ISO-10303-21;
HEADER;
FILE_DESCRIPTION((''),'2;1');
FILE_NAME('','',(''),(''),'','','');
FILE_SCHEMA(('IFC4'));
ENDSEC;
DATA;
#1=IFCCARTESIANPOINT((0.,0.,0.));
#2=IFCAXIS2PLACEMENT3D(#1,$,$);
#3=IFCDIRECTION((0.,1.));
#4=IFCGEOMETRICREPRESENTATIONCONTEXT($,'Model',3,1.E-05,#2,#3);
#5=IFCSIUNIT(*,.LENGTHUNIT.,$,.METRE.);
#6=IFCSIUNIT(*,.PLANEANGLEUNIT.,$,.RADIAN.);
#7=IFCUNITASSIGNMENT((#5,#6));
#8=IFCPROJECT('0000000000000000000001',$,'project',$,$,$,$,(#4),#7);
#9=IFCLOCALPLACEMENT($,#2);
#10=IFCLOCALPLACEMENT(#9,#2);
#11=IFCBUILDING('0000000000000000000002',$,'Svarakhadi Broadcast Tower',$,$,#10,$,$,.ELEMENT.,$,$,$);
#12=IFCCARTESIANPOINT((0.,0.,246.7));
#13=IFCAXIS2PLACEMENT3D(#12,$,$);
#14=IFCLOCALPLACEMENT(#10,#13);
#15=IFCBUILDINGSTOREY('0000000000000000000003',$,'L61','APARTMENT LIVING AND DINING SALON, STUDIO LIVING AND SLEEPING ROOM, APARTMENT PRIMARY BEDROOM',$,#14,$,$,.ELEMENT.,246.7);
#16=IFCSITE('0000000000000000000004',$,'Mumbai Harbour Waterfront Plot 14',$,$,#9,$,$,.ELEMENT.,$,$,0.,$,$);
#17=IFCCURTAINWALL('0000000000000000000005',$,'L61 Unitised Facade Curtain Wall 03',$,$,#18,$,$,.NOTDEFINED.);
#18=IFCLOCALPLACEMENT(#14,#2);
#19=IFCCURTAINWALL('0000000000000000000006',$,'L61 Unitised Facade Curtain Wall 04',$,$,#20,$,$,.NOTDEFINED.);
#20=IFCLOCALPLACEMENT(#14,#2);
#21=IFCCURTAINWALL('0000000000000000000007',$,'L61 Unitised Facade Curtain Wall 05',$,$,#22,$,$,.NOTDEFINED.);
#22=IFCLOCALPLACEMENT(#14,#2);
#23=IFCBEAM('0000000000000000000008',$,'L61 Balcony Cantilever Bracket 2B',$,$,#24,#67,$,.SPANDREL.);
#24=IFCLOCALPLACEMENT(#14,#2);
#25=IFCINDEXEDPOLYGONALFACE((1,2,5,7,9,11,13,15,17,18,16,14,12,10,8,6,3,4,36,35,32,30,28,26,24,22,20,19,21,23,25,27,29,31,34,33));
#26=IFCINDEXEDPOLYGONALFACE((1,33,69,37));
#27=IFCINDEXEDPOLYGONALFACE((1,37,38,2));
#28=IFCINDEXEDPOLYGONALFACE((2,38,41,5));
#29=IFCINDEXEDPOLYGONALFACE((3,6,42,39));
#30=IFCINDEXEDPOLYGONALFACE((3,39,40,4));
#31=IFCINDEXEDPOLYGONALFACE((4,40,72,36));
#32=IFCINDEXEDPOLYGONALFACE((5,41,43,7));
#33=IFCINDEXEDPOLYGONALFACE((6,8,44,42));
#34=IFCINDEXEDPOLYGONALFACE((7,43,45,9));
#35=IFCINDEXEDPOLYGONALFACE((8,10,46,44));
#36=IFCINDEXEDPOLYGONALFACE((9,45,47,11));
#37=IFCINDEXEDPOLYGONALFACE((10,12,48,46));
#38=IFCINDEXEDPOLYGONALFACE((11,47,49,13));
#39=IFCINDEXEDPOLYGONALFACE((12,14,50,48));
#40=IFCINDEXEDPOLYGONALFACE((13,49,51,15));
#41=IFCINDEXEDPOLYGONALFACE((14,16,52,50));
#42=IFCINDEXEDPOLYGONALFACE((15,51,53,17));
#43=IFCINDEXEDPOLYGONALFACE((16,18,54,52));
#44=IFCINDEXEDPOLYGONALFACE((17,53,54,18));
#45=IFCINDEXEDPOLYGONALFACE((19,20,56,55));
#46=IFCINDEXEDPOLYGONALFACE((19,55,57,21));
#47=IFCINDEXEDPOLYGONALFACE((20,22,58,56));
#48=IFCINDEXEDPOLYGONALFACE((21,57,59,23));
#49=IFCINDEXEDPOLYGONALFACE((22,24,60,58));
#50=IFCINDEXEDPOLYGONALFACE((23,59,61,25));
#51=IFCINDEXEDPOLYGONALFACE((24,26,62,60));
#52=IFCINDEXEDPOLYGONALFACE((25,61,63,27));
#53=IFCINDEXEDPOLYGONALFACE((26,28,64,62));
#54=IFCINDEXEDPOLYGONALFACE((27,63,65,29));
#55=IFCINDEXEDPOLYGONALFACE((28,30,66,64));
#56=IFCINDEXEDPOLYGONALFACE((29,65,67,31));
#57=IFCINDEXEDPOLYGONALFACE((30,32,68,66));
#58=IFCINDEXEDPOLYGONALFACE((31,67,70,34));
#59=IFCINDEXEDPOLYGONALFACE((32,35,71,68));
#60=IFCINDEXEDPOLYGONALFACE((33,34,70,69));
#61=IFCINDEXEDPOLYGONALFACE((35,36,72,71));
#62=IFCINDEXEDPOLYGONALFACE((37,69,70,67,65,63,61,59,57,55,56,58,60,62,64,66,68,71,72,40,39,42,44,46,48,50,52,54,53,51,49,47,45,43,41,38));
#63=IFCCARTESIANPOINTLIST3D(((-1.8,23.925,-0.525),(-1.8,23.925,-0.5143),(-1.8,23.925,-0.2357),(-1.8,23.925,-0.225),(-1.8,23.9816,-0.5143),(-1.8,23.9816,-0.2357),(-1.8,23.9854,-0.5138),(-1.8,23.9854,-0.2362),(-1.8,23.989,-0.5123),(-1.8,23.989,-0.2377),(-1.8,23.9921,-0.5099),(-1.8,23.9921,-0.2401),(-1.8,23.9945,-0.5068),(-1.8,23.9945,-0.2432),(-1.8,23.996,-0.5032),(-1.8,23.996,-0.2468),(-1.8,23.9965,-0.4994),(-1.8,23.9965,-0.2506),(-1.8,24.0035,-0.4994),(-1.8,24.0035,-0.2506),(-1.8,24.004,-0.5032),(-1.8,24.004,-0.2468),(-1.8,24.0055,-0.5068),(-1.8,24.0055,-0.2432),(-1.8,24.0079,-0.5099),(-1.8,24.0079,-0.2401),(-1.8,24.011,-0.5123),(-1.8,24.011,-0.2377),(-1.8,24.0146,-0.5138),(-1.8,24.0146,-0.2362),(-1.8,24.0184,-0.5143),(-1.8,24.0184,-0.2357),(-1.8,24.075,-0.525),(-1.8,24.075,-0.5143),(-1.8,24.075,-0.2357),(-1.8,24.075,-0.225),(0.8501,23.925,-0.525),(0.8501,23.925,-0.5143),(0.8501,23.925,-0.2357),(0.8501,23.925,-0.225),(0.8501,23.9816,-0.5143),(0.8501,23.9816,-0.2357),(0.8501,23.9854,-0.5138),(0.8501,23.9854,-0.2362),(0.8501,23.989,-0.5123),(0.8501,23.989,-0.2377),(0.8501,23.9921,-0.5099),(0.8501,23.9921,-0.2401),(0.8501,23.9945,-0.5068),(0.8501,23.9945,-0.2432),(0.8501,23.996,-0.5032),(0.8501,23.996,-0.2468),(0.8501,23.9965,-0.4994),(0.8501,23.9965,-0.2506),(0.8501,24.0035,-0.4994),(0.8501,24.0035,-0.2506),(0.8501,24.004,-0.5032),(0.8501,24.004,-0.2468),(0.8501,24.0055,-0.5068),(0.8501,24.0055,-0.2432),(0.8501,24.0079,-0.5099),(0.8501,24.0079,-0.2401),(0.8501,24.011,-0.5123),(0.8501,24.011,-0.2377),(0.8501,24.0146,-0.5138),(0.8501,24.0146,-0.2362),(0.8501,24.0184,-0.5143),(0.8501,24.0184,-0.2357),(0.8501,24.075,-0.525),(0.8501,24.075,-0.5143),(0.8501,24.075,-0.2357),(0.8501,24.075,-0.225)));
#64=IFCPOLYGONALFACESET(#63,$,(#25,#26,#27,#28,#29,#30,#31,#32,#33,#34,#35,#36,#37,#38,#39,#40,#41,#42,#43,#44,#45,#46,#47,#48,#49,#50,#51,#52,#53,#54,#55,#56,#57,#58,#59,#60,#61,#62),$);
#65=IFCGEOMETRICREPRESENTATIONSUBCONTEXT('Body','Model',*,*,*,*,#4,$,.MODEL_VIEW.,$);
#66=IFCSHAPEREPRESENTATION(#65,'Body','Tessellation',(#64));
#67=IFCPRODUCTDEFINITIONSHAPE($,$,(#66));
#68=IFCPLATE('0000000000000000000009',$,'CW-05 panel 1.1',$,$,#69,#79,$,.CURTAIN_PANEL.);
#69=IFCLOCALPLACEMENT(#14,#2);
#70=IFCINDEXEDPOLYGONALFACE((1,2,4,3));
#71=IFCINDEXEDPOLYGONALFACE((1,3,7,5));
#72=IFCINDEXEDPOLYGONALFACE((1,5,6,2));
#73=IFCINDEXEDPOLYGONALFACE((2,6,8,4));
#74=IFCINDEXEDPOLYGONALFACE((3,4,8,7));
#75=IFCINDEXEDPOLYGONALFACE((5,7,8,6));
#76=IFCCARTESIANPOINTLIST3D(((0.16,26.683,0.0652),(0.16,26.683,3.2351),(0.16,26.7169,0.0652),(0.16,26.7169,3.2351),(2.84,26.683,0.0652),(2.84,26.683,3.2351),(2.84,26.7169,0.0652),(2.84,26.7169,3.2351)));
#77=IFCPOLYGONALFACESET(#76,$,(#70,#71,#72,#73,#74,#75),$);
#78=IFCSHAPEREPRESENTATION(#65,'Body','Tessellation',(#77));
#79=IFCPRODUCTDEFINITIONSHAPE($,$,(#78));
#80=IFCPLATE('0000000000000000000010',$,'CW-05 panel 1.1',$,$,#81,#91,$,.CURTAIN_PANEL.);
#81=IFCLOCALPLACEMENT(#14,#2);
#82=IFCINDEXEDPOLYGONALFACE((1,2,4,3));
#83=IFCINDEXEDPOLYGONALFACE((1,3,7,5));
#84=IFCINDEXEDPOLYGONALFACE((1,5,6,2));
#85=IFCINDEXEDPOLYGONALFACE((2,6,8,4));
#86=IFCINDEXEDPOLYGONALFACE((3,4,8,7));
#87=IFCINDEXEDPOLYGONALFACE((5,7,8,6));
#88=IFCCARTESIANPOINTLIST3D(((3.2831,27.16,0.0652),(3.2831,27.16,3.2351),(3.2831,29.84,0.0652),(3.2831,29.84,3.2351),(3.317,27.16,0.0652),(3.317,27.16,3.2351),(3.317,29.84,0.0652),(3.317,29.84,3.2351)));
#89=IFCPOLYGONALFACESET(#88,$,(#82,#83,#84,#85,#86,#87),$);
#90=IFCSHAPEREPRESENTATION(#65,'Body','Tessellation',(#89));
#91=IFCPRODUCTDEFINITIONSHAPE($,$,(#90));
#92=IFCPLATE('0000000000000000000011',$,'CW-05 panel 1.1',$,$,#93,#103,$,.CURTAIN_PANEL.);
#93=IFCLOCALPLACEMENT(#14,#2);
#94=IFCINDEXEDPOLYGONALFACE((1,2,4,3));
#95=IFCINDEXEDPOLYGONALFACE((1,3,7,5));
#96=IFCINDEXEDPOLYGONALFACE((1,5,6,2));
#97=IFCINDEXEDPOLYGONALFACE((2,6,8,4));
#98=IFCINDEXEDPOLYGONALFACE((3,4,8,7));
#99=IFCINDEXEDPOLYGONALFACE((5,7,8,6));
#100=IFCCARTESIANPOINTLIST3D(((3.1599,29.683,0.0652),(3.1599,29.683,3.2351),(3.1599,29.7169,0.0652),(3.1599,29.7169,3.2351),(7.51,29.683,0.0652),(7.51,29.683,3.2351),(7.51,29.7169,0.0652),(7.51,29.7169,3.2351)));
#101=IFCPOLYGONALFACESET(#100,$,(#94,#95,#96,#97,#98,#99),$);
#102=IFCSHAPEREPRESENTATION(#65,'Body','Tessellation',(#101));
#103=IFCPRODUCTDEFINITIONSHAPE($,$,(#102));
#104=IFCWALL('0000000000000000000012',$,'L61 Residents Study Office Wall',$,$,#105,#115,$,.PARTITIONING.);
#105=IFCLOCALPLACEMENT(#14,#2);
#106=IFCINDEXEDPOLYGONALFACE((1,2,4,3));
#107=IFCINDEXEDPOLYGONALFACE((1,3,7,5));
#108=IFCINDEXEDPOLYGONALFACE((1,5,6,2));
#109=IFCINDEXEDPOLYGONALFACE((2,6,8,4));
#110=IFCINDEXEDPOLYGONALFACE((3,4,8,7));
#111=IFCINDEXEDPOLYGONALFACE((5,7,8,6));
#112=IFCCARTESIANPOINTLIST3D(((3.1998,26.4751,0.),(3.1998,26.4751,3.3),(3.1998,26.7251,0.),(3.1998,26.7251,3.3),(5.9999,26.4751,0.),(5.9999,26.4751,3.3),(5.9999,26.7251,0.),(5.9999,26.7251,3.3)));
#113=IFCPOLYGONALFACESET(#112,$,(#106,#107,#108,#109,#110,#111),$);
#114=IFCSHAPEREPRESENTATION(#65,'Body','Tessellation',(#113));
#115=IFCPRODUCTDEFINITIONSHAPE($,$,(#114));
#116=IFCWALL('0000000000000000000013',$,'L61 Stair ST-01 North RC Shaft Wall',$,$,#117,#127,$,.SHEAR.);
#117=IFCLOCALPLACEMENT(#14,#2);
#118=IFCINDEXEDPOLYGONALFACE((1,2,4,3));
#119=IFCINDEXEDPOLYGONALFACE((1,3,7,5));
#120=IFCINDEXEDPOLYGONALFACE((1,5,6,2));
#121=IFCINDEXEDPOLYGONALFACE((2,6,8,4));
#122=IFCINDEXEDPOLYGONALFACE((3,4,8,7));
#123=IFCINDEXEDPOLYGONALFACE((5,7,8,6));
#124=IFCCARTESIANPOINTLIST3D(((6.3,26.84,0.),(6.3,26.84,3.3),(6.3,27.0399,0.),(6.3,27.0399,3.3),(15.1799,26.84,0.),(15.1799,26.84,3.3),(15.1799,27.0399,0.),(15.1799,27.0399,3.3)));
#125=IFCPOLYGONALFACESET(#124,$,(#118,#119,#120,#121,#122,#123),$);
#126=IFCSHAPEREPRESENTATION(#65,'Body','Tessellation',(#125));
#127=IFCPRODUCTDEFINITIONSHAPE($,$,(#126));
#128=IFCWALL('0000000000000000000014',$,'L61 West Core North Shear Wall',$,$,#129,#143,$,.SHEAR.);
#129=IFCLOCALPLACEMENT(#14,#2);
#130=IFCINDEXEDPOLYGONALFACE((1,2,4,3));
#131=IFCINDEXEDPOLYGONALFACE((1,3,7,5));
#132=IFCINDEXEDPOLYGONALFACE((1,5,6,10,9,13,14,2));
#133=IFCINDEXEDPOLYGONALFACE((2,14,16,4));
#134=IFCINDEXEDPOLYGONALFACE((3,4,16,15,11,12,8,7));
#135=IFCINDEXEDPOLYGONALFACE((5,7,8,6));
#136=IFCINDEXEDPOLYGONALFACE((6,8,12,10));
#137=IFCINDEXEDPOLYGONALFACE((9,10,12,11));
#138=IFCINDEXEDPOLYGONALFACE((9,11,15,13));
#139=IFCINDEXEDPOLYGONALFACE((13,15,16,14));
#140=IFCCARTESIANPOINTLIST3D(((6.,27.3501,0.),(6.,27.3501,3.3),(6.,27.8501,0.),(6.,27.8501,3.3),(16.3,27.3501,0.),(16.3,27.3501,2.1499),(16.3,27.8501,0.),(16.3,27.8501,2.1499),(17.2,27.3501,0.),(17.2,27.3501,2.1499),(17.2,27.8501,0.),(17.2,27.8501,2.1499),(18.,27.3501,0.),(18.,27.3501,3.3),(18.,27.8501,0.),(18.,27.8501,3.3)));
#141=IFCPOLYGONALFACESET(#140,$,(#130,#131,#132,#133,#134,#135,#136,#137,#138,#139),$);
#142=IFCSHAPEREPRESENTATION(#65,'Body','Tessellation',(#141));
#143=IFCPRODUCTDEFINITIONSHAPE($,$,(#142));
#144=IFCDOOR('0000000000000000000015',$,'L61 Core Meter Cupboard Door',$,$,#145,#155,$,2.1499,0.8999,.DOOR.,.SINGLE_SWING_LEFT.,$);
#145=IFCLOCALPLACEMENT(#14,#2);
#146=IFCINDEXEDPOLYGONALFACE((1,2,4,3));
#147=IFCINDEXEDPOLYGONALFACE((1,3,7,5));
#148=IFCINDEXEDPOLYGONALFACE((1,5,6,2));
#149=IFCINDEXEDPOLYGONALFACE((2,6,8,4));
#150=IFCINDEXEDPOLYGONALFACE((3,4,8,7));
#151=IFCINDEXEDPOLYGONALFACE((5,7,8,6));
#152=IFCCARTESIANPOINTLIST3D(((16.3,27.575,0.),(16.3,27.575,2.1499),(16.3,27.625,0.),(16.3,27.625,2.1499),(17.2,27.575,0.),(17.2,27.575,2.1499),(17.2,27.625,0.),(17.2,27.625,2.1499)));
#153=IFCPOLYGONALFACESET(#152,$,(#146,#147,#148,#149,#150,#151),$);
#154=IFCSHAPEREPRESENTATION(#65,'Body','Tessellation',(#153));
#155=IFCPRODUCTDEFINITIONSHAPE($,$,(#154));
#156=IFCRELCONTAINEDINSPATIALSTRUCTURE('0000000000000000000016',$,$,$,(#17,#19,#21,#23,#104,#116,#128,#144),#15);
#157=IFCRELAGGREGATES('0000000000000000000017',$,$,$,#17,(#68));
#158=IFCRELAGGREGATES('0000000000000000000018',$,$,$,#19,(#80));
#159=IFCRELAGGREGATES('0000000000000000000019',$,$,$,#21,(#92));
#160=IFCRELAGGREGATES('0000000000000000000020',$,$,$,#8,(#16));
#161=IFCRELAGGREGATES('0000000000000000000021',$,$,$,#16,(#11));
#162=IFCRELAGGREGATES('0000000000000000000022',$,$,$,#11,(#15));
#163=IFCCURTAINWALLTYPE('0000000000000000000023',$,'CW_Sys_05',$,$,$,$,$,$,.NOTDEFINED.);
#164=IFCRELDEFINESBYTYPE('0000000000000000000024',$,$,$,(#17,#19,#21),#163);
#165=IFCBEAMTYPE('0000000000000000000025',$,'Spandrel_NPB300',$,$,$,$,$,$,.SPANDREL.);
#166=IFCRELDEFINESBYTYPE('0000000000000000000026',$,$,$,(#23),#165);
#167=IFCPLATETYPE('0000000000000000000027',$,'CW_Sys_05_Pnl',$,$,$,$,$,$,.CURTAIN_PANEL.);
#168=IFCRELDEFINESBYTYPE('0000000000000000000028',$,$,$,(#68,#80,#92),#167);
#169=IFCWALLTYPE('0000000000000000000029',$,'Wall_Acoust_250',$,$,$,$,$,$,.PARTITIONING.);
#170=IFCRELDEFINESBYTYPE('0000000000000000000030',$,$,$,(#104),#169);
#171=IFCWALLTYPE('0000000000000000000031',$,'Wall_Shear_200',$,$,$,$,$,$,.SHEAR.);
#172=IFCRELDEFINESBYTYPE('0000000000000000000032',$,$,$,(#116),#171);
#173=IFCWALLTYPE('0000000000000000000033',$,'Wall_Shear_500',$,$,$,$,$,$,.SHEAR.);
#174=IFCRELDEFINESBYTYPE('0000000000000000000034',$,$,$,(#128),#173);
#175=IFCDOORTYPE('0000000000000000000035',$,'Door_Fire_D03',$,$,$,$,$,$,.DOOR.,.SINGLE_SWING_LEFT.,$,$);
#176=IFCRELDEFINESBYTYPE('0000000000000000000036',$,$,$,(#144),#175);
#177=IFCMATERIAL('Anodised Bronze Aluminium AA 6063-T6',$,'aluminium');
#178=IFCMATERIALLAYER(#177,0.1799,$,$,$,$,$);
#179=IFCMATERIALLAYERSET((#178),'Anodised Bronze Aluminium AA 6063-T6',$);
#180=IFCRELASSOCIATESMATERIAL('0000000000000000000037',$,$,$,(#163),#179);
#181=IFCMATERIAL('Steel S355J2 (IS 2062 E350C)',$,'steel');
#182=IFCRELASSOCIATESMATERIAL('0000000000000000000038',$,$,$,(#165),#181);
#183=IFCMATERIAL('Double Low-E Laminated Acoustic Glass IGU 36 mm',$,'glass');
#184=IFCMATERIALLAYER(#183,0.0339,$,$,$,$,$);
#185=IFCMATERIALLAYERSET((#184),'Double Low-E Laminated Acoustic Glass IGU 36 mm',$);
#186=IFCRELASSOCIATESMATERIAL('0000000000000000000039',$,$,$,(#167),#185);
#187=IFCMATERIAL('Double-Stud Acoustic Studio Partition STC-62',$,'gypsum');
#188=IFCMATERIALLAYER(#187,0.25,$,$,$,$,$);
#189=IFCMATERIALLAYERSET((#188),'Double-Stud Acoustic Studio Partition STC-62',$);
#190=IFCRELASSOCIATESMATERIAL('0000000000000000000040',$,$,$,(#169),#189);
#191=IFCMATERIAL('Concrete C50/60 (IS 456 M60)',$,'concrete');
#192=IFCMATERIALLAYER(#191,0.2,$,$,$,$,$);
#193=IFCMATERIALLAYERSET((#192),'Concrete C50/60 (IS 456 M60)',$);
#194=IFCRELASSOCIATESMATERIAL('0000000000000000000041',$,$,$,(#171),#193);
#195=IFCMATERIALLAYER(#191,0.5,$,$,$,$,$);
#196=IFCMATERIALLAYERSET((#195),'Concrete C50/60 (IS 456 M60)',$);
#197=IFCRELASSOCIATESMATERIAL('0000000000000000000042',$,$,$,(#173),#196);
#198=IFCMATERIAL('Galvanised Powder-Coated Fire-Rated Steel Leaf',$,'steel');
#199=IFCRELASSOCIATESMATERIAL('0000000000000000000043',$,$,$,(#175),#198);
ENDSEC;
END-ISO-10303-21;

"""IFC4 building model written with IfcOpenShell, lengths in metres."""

from ifc_helpers import new_model, si_unit, direction, frame, frame_2d, origin, origin_2d, place, context, subcontext, project, spatial, rectangle, i_section, extrude, material, layer, layer_set, material_profile, profile_set, type_object, element, fill, aggregate, save


model = new_model("IFC4")

# Units and contexts
model_context = context("Model", 3, precision=1e-05, world=origin(), true_north=direction((0.0, 1.0)))
body_context = subcontext(model_context, "Body", "Model", "MODEL_VIEW")
ifc_project = project(units=[si_unit("LENGTHUNIT", "METRE"), si_unit("PLANEANGLEUNIT", "RADIAN")], contexts=[model_context])

# Site, building, storey
site_placement = place(None, origin())
site = spatial("IfcSite", under=ifc_project, at=site_placement, Name="Mumbai Harbour Waterfront Plot 14", CompositionType="ELEMENT", RefElevation=0.0)
building_placement = place(site_placement, origin())
building = spatial("IfcBuilding", under=site, at=building_placement, Name="Svarakhadi Broadcast Tower", CompositionType="ELEMENT")
storey_placement = place(building_placement, frame((0.0, 0.0, 246.7)))
storey = spatial("IfcBuildingStorey", under=building, at=storey_placement, Name="L61", Description="APARTMENT LIVING AND DINING SALON, STUDIO LIVING AND SLEEPING ROOM, APARTMENT PRIMARY BEDROOM", CompositionType="ELEMENT", Elevation=246.7)

# Shared definitions
ifc_material_1 = material(Name="Concrete C50/60 (IS 456 M60)", Category="concrete")

# Curtain walls
ifc_material_2 = material(Name="Anodised Bronze Aluminium AA 6063-T6", Category="aluminium")
ifc_layer_1 = layer(ifc_material_2, 0.1799)
ifc_layer_set_1 = layer_set([ifc_layer_1], Name="Anodised Bronze Aluminium AA 6063-T6")
curtain_wall_type = type_object("IfcCurtainWallType", Name="CW_Sys_05", PredefinedType="NOTDEFINED", material=ifc_layer_set_1)
curtain_wall_1_placement = place(storey_placement, origin())
curtain_wall_1 = element("IfcCurtainWall", 1, at=curtain_wall_1_placement, inside=storey, type_object=curtain_wall_type, Name="L61 Unitised Facade Curtain Wall 03", PredefinedType="NOTDEFINED")
curtain_wall_2_placement = place(storey_placement, origin())
curtain_wall_2 = element("IfcCurtainWall", 2, at=curtain_wall_2_placement, inside=storey, type_object=curtain_wall_type, Name="L61 Unitised Facade Curtain Wall 04", PredefinedType="NOTDEFINED")

# Curtain wall
curtain_wall_3_placement = place(storey_placement, origin())
curtain_wall_3 = element("IfcCurtainWall", 3, at=curtain_wall_3_placement, inside=storey, type_object=curtain_wall_type, Name="L61 Unitised Facade Curtain Wall 05", PredefinedType="NOTDEFINED")

# Beam
ifc_material_3 = material(Name="Steel S355J2 (IS 2062 E350C)", Category="steel")
ifc_material_profile_1 = material_profile(ifc_material_3, i_section(OverallWidth=0.1499, OverallDepth=0.3, WebThickness=0.0071, FlangeThickness=0.0107, FilletRadius=0.0149, at=origin_2d()), Name="NPB 300x150x37")
ifc_profile_set_1 = profile_set([ifc_material_profile_1], Name="Steel S355J2 (IS 2062 E350C)")
beam_type_1 = type_object("IfcBeamType", Name="Spandrel_NPB300", PredefinedType="SPANDREL", material=ifc_profile_set_1)
beam_1_placement = place(storey_placement, frame((0.8501, 24.0, -0.375), z_axis=(-1.0, 0.0, 0.0), x_axis=(0.0, -1.0, 0.0)))
element("IfcBeam", 4, at=beam_1_placement, inside=storey, type_object=beam_type_1, Name="L61 Balcony Cantilever Bracket 2B", PredefinedType="SPANDREL", context=body_context, shape_type="SweptSolid", body=[
    extrude(i_section(OverallWidth=0.1499, OverallDepth=0.3, WebThickness=0.0071, FlangeThickness=0.0107, FilletRadius=0.0149, at=origin_2d()), origin(), (0.0, 0.0, 1.0), 2.6501),
])

# Plates
ifc_material_4 = material(Name="Double Low-E Laminated Acoustic Glass IGU 36 mm", Category="glass")
ifc_layer_2 = layer(ifc_material_4, 0.0339)
ifc_layer_set_2 = layer_set([ifc_layer_2], Name="Double Low-E Laminated Acoustic Glass IGU 36 mm")
plate_type = type_object("IfcPlateType", Name="CW_Sys_05_Pnl", PredefinedType="CURTAIN_PANEL", material=ifc_layer_set_2)
plate_1_placement = place(storey_placement, frame((1.5, 26.7, 0.0652), z_axis=(0.0, 0.0, 1.0), x_axis=(1.0, 0.0, 0.0)))
plate_1 = element("IfcPlate", 5, at=plate_1_placement, type_object=plate_type, Name="CW-05 panel 1.1", PredefinedType="CURTAIN_PANEL", context=body_context, shape_type="SweptSolid", body=[
    extrude(rectangle(XDim=2.6799, YDim=0.0339, at=origin_2d()), origin(), (0.0, 0.0, 1.0), 3.1699),
])
aggregate(curtain_wall_1, [plate_1])
plate_2_placement = place(storey_placement, frame((3.3, 28.5, 0.0652), z_axis=(0.0, 0.0, 1.0), x_axis=(0.0, 1.0, 0.0)))
plate_2 = element("IfcPlate", 6, at=plate_2_placement, type_object=plate_type, Name="CW-05 panel 1.1", PredefinedType="CURTAIN_PANEL", context=body_context, shape_type="SweptSolid", body=[
    extrude(rectangle(XDim=2.6799, YDim=0.0339, at=origin_2d()), origin(), (0.0, 0.0, 1.0), 3.1699),
])
aggregate(curtain_wall_2, [plate_2])
plate_3_placement = place(storey_placement, frame((5.335, 29.7, 0.0652), z_axis=(0.0, 0.0, 1.0), x_axis=(1.0, 0.0, 0.0)))
plate_3 = element("IfcPlate", 7, at=plate_3_placement, type_object=plate_type, Name="CW-05 panel 1.1", PredefinedType="CURTAIN_PANEL", context=body_context, shape_type="SweptSolid", body=[
    extrude(rectangle(XDim=4.3501, YDim=0.0339, at=origin_2d()), origin(), (0.0, 0.0, 1.0), 3.1699),
])
aggregate(curtain_wall_3, [plate_3])

# Walls
ifc_material_5 = material(Name="Double-Stud Acoustic Studio Partition STC-62", Category="gypsum")
ifc_layer_3 = layer(ifc_material_5, 0.25)
ifc_layer_set_3 = layer_set([ifc_layer_3], Name="Double-Stud Acoustic Studio Partition STC-62")
wall_type_1 = type_object("IfcWallType", Name="Wall_Acoust_250", PredefinedType="PARTITIONING", material=ifc_layer_set_3)
wall_1_placement = place(storey_placement, frame((3.2, 26.6001, 0.0), z_axis=(0.0, 0.0, 1.0), x_axis=(1.0, 0.0, 0.0)))
element("IfcWall", 8, at=wall_1_placement, inside=storey, type_object=wall_type_1, Name="L61 Residents Study Office Wall", PredefinedType="PARTITIONING", context=body_context, shape_type="SweptSolid", body=[
    extrude(rectangle(XDim=2.8, YDim=0.25, at=frame_2d((1.3999, 0.0))), origin(), (0.0, 0.0, 1.0), 3.3),
])
ifc_layer_4 = layer(ifc_material_1, 0.2)
ifc_layer_set_4 = layer_set([ifc_layer_4], Name="Concrete C50/60 (IS 456 M60)")
wall_type_2 = type_object("IfcWallType", Name="Wall_Shear_200", PredefinedType="SHEAR", material=ifc_layer_set_4)
wall_2_placement = place(storey_placement, frame((6.3, 26.9399, 0.0), z_axis=(0.0, 0.0, 1.0), x_axis=(1.0, 0.0, 0.0)))
element("IfcWall", 9, at=wall_2_placement, inside=storey, type_object=wall_type_2, Name="L61 Stair ST-01 North RC Shaft Wall", PredefinedType="SHEAR", context=body_context, shape_type="SweptSolid", body=[
    extrude(rectangle(XDim=8.8799, YDim=0.2, at=frame_2d((4.4399, 0.0))), origin(), (0.0, 0.0, 1.0), 3.3),
])

# Wall, opening, door
ifc_layer_5 = layer(ifc_material_1, 0.5)
ifc_layer_set_5 = layer_set([ifc_layer_5], Name="Concrete C50/60 (IS 456 M60)")
wall_type_3 = type_object("IfcWallType", Name="Wall_Shear_500", PredefinedType="SHEAR", material=ifc_layer_set_5)
wall_3_placement = place(storey_placement, frame((6.0, 27.6001, 0.0), z_axis=(0.0, 0.0, 1.0), x_axis=(1.0, 0.0, 0.0)))
wall_3 = element("IfcWall", 10, at=wall_3_placement, inside=storey, type_object=wall_type_3, Name="L61 West Core North Shear Wall", PredefinedType="SHEAR", context=body_context, shape_type="SweptSolid", body=[
    extrude(rectangle(XDim=12.0, YDim=0.5, at=frame_2d((6.0, 0.0))), origin(), (0.0, 0.0, 1.0), 3.3),
])
opening_placement = place(wall_3_placement, frame((10.3, 0.0, 0.0)))
opening = element("IfcOpeningElement", 11, at=opening_placement, cuts=wall_3, PredefinedType="OPENING", context=body_context, shape_type="SweptSolid", body=[
    extrude(rectangle(XDim=0.8999, YDim=2.1499, at=frame_2d((0.45, 1.075))), frame((0.0, 0.26, 0.0), z_axis=(0.0, -1.0, 0.0), x_axis=(1.0, 0.0, 0.0)), (0.0, 0.0, 1.0), 0.52),
])
ifc_material_6 = material(Name="Galvanised Powder-Coated Fire-Rated Steel Leaf", Category="steel")
door_type = type_object("IfcDoorType", Name="Door_Fire_D03", OperationType="SINGLE_SWING_LEFT", PredefinedType="DOOR", material=ifc_material_6)
door_placement = place(opening_placement, origin())
door = element("IfcDoor", 12, at=door_placement, inside=storey, type_object=door_type, Name="L61 Core Meter Cupboard Door", OperationType="SINGLE_SWING_LEFT", OverallHeight=2.1499, OverallWidth=0.8999, PredefinedType="DOOR", context=body_context, shape_type="SweptSolid", body=[
    extrude(rectangle(XDim=0.8999, YDim=2.1499, at=frame_2d((0.45, 1.075))), frame((0.0, 0.0249, 0.0), z_axis=(0.0, -1.0, 0.0), x_axis=(1.0, 0.0, 0.0)), (0.0, 0.0, 1.0), 0.05),
])
fill(opening, door)

save(model, "model.ifc")
